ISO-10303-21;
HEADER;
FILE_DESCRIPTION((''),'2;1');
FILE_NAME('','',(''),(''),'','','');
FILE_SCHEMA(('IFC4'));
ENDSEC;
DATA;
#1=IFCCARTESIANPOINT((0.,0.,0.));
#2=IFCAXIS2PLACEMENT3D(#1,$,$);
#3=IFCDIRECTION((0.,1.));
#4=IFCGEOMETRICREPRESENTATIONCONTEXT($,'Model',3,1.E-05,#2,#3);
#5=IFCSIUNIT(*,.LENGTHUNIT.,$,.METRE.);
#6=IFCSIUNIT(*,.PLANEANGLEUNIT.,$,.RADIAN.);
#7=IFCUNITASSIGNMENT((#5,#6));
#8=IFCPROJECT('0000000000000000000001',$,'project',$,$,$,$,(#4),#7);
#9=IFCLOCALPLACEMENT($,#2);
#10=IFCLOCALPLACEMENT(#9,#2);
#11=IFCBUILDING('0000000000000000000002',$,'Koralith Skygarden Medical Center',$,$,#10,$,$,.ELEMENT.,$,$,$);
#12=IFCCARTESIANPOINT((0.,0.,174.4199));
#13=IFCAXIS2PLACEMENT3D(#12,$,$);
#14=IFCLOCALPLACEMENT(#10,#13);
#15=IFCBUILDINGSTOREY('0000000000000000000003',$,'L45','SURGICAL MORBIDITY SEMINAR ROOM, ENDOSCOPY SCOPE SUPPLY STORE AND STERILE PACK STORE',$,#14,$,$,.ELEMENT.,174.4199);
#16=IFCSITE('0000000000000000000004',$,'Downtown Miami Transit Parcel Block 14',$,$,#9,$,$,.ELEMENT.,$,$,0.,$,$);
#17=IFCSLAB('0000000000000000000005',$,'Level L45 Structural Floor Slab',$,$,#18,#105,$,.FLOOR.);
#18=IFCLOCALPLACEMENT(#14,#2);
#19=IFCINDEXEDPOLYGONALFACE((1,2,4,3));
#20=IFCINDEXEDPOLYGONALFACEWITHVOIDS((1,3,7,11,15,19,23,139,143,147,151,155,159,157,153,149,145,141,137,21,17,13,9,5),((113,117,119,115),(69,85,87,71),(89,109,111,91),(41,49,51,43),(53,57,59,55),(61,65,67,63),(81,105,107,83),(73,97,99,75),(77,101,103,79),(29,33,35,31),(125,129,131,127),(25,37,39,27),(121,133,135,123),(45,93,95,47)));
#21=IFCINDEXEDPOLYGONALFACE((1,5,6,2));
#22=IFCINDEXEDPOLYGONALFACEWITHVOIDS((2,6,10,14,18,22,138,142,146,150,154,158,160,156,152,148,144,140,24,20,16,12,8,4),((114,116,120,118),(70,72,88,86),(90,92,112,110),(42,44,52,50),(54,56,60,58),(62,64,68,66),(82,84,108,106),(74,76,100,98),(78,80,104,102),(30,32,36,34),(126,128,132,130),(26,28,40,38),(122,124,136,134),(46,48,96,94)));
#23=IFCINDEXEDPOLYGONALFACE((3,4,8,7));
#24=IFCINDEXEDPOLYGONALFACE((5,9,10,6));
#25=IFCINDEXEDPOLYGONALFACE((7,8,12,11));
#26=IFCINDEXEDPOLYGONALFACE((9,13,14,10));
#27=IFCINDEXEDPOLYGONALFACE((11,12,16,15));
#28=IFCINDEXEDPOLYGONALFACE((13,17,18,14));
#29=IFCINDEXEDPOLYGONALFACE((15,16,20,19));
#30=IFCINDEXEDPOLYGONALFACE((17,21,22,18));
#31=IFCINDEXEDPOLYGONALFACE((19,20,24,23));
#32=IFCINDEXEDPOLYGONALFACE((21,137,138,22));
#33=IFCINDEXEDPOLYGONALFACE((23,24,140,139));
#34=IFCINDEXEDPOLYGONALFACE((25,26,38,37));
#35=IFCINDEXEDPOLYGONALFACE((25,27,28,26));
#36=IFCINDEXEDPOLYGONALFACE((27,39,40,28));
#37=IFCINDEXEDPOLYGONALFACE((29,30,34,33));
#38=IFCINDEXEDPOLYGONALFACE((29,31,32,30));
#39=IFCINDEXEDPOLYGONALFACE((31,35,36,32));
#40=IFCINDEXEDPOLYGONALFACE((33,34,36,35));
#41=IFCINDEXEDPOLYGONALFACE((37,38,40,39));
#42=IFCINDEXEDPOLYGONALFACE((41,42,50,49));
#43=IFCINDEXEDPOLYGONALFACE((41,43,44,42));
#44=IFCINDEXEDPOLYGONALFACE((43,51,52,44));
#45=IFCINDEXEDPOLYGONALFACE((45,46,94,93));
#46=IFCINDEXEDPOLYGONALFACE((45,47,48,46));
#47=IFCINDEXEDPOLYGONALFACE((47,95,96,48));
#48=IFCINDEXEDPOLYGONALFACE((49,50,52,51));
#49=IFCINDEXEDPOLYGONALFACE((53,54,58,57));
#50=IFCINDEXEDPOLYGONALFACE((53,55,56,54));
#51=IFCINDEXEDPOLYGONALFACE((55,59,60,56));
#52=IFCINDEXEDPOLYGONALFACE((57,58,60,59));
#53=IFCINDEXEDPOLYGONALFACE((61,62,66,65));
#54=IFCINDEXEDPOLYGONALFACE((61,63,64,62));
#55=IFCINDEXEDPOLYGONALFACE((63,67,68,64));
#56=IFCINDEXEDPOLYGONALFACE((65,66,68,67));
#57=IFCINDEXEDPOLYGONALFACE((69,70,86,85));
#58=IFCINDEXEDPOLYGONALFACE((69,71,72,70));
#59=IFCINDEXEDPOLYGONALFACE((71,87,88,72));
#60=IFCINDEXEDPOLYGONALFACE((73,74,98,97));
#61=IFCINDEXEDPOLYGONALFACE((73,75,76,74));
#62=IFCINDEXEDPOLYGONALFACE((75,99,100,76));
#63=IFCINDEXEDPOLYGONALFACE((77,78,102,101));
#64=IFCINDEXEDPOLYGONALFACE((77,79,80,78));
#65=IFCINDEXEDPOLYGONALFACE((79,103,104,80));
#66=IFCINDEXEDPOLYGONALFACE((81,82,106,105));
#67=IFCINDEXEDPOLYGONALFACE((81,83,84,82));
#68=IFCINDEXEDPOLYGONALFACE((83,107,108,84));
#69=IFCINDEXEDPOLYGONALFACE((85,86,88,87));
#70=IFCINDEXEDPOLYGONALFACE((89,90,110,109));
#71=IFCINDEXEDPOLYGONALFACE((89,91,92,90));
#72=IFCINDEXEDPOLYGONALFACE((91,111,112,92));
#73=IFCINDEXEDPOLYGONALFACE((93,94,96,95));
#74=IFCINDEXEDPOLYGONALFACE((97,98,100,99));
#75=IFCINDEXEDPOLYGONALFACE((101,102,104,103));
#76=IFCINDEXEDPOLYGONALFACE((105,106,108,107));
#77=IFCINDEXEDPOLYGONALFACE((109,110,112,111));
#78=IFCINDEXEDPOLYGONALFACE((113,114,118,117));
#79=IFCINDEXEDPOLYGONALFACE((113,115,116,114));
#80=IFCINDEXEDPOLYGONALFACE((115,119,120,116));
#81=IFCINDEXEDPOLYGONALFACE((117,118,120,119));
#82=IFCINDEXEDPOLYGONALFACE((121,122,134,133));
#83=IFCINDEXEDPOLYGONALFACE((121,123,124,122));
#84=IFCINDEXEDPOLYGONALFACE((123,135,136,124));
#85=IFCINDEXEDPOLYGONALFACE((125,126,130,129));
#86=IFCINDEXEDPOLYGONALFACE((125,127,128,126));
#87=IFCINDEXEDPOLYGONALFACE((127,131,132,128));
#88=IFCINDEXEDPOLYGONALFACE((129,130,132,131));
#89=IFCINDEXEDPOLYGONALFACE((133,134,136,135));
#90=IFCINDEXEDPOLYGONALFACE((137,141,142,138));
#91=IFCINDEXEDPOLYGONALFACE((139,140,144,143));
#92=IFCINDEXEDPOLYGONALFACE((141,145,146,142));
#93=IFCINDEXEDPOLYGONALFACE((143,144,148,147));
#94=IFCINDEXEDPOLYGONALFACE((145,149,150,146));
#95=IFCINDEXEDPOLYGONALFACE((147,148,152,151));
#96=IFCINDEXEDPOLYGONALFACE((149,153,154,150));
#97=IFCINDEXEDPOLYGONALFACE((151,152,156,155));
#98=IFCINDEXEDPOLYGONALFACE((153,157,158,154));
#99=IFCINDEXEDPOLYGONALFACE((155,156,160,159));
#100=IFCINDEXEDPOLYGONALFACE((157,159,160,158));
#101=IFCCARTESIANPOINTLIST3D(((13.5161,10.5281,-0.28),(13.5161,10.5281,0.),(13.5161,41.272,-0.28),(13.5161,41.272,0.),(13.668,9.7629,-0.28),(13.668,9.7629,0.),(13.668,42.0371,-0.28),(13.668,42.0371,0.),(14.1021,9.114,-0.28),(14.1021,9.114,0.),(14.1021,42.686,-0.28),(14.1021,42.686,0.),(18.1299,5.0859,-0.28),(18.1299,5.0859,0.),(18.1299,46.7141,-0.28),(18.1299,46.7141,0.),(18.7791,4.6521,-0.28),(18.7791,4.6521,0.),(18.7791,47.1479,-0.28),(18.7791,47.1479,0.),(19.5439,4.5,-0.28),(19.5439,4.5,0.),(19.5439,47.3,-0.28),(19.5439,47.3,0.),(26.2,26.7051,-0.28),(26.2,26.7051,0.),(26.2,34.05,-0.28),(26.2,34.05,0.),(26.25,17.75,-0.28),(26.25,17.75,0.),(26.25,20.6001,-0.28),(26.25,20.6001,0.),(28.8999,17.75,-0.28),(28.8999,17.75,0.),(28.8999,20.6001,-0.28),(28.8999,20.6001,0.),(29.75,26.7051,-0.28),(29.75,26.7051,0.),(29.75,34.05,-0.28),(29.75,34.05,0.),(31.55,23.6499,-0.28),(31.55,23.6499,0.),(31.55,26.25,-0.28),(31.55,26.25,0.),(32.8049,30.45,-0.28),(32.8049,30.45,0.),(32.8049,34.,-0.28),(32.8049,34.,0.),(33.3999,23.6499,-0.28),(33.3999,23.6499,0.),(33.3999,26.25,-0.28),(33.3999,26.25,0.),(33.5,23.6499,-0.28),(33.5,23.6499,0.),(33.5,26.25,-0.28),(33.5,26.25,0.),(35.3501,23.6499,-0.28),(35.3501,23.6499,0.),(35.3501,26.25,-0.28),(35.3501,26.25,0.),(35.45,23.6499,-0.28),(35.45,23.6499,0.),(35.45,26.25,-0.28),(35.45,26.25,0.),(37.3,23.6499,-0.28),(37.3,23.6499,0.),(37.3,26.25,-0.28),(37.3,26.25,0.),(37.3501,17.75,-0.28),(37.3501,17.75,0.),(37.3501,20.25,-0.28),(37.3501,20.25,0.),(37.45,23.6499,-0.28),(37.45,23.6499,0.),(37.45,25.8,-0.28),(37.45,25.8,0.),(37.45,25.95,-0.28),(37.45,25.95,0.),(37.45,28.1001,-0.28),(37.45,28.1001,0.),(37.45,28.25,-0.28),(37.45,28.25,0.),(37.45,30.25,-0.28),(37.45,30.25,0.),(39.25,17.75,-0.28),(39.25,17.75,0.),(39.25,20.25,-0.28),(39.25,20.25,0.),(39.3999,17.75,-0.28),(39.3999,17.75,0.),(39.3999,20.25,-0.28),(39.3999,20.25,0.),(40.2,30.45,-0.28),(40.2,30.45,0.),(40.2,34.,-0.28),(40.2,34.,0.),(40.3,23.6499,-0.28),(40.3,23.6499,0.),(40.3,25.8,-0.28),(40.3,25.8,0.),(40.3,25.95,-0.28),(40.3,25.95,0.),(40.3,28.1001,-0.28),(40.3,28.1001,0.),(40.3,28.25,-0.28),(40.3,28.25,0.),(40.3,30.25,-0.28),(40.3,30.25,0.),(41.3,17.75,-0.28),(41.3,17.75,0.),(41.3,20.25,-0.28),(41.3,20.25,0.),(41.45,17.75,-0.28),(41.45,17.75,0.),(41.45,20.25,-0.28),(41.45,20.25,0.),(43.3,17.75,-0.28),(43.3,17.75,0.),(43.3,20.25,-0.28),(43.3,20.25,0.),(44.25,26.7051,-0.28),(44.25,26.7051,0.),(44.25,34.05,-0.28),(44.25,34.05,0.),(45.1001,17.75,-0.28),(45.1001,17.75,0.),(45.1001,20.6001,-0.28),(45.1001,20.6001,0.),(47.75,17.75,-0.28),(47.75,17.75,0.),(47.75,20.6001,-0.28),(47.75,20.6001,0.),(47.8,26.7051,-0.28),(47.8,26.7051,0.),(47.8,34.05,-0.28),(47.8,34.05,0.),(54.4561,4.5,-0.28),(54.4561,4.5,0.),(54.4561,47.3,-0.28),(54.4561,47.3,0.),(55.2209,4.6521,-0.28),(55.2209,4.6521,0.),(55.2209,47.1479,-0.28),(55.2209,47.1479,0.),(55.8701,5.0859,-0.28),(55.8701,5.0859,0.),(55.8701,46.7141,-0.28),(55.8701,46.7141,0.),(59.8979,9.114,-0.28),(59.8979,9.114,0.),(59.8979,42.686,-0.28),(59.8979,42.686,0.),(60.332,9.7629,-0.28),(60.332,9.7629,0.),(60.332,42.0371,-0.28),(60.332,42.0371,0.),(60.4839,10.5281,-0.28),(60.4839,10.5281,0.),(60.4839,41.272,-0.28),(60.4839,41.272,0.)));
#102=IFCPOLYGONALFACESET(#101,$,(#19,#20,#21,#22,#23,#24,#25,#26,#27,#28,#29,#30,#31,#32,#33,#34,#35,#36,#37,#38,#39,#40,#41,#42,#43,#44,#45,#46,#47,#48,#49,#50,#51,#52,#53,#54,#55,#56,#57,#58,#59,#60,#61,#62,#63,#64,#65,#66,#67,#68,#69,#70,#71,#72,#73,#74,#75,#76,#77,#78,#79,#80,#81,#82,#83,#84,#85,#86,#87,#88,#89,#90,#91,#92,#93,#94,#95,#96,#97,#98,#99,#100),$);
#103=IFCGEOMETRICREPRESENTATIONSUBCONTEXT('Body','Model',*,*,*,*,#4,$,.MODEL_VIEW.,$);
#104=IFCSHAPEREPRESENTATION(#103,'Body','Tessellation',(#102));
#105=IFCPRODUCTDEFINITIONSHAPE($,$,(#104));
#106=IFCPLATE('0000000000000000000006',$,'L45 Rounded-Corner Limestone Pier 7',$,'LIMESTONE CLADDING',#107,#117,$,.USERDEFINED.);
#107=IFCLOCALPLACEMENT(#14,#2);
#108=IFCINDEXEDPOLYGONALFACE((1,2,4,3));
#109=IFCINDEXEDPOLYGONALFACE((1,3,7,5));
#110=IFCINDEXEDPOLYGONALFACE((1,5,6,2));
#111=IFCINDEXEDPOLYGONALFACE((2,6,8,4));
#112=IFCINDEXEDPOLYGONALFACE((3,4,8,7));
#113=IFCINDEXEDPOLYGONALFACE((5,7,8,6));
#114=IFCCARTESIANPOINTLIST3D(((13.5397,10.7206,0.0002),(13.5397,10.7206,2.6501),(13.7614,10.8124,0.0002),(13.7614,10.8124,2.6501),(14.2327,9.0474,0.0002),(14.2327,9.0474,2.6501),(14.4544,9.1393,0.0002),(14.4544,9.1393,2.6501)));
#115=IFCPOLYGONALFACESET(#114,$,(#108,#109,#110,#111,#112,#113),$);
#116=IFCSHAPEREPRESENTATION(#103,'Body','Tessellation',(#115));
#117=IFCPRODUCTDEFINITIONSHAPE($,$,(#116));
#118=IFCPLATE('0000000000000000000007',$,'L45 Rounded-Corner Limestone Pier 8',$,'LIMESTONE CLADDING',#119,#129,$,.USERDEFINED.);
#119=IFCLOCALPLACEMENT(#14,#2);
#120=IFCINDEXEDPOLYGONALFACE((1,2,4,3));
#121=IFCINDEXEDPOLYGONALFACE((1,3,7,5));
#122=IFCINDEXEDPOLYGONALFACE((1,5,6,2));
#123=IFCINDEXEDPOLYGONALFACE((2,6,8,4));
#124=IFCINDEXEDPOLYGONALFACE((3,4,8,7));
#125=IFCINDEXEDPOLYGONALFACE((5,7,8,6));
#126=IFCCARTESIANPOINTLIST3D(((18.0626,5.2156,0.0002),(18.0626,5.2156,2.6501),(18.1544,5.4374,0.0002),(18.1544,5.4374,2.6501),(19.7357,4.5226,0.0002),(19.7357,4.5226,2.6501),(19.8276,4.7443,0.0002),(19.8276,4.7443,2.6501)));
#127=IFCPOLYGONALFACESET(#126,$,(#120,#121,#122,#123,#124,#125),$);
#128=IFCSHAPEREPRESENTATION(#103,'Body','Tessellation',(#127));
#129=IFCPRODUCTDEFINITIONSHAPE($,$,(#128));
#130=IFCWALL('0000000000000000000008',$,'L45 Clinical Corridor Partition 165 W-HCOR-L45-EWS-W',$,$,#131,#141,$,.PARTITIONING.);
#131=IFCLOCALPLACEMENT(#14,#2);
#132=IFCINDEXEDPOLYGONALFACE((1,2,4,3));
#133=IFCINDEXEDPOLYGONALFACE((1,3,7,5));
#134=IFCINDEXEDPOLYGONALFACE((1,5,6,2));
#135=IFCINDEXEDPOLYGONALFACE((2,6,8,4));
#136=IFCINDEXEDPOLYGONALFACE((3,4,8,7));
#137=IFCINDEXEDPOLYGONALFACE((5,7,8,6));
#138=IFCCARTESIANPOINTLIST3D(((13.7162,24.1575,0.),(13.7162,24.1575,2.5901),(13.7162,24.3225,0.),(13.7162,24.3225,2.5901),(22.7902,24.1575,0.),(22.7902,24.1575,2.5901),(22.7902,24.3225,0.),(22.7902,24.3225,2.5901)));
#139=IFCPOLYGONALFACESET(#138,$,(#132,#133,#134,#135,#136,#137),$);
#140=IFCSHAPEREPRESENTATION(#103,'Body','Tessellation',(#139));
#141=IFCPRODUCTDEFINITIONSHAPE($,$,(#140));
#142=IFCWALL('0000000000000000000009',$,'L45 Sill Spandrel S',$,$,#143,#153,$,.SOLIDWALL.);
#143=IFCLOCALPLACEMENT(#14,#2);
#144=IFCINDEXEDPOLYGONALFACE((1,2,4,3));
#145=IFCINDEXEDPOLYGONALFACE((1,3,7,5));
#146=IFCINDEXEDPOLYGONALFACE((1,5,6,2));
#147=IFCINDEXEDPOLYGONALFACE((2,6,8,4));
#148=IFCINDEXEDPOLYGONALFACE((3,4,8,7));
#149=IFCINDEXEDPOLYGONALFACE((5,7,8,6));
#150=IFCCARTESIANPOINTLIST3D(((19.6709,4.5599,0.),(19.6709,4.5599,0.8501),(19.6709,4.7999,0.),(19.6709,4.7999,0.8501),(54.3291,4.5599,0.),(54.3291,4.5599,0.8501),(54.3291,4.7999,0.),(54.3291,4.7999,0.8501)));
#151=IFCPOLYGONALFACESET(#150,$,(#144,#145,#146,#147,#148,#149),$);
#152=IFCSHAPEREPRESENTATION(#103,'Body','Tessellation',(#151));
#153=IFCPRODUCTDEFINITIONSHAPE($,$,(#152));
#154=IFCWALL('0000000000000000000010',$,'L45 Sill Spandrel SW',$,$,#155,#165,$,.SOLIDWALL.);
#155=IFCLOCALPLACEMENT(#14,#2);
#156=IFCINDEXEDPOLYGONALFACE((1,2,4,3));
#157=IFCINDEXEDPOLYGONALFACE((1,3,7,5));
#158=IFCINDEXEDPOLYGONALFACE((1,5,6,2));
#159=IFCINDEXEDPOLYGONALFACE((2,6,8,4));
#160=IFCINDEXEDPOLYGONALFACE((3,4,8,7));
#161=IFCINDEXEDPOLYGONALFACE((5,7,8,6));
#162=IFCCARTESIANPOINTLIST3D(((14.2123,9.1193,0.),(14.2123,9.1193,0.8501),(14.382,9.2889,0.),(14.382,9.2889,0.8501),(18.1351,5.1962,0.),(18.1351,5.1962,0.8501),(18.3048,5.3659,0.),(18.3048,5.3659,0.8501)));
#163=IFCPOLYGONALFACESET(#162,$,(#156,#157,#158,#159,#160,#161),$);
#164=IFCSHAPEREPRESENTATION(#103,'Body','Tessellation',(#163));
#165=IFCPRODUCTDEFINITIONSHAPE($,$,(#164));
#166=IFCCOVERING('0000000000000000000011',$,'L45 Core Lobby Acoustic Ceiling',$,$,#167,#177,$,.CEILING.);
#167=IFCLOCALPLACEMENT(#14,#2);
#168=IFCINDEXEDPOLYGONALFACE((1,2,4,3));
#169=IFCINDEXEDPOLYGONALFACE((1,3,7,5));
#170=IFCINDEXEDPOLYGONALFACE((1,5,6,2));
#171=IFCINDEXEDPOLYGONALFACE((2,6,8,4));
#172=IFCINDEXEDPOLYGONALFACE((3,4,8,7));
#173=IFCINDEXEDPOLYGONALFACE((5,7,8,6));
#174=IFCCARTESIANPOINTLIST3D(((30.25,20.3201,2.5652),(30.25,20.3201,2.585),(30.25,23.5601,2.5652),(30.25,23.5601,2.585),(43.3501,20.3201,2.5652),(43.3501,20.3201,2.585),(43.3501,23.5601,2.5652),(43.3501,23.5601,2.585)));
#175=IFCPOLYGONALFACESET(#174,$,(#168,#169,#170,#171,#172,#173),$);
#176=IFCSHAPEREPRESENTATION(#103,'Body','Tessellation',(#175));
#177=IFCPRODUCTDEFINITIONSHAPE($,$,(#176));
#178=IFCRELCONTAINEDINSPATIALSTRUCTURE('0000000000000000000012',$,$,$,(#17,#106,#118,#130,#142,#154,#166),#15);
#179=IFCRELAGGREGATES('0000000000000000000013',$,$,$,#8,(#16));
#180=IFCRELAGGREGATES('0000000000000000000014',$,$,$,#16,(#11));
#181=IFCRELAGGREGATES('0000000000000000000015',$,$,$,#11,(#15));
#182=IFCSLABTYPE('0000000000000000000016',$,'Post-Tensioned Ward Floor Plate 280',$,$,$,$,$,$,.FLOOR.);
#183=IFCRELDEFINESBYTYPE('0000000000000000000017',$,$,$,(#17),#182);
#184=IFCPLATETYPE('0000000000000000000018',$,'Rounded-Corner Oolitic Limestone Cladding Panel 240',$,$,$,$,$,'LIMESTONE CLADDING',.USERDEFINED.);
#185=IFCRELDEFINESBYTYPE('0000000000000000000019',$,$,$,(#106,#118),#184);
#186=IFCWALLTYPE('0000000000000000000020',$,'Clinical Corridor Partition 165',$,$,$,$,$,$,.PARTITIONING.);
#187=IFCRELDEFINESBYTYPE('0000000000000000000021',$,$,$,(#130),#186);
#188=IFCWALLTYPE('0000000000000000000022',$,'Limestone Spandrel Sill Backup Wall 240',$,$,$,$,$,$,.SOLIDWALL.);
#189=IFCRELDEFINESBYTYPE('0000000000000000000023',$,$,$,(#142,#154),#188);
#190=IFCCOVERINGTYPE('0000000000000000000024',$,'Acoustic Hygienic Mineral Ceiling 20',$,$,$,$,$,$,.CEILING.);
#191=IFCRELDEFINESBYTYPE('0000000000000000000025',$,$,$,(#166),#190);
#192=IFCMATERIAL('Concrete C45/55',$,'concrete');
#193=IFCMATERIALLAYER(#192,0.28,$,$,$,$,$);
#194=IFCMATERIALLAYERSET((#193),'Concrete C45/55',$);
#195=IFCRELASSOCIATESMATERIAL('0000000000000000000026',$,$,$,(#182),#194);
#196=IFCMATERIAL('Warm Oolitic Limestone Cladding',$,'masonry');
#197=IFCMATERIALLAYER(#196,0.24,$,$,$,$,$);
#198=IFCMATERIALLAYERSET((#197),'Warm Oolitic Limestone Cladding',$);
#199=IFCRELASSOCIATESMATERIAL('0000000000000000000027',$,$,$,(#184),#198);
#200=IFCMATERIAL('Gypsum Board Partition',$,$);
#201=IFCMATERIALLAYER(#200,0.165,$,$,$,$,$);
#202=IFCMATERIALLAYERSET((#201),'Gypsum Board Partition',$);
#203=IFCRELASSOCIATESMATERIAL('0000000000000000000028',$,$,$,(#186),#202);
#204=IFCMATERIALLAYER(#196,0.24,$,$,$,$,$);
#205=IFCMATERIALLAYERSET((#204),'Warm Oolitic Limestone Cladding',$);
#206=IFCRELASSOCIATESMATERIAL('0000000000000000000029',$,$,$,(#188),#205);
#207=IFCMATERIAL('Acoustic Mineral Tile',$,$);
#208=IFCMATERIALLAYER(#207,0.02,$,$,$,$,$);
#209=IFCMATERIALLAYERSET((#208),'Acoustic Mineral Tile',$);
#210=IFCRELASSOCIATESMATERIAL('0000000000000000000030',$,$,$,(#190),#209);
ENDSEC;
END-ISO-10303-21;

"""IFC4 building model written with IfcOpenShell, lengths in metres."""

from ifc_helpers import new_model, si_unit, direction, frame, frame_2d, origin, origin_2d, place, context, subcontext, project, spatial, polyline, rectangle, outline, extrude, material, layer, layer_set, type_object, element, save


model = new_model("IFC4")

# Units and contexts
model_context = context("Model", 3, precision=1e-05, world=origin(), true_north=direction((0.0, 1.0)))
body_context = subcontext(model_context, "Body", "Model", "MODEL_VIEW")
ifc_project = project(units=[si_unit("LENGTHUNIT", "METRE"), si_unit("PLANEANGLEUNIT", "RADIAN")], contexts=[model_context])

# Site, building, storey
site_placement = place(None, origin())
site = spatial("IfcSite", under=ifc_project, at=site_placement, Name="Downtown Miami Transit Parcel Block 14", CompositionType="ELEMENT", RefElevation=0.0)
building_placement = place(site_placement, origin())
building = spatial("IfcBuilding", under=site, at=building_placement, Name="Koralith Skygarden Medical Center", CompositionType="ELEMENT")
storey_placement = place(building_placement, frame((0.0, 0.0, 174.4199)))
storey = spatial("IfcBuildingStorey", under=building, at=storey_placement, Name="L45", Description="SURGICAL MORBIDITY SEMINAR ROOM, ENDOSCOPY SCOPE SUPPLY STORE AND STERILE PACK STORE", CompositionType="ELEMENT", Elevation=174.4199)

# Shared definitions
ifc_material_1 = material(Name="Concrete C45/55", Category="concrete")

# Slab
ifc_layer_1 = layer(ifc_material_1, 0.28)
ifc_layer_set_1 = layer_set([ifc_layer_1], Name="Concrete C45/55")
slab_type_1 = type_object("IfcSlabType", Name="Post-Tensioned Ward Floor Plate 280", PredefinedType="FLOOR", material=ifc_layer_set_1)
slab_1_placement = place(storey_placement, frame((0.0, 0.0, -0.28)))
element("IfcSlab", 1, at=slab_1_placement, inside=storey, type_object=slab_type_1, Name="Level L45 Structural Floor Slab", PredefinedType="FLOOR", context=body_context, shape_type="SweptSolid", body=[
    extrude(outline(polyline([(18.1299, 5.0859), (18.7791, 4.6521), (19.5439, 4.5), (54.4561, 4.5), (55.2209, 4.6521), (55.8701, 5.0859), (59.8979, 9.114), (60.332, 9.7629), (60.4839, 10.5281), (60.4839, 41.272), (60.332, 42.0371), (59.8979, 42.686), (55.8701, 46.7141), (55.2209, 47.1479), (54.4561, 47.3), (19.5439, 47.3), (18.7791, 47.1479), (18.1299, 46.7141), (14.1021, 42.686), (13.668, 42.0371), (13.5161, 41.272), (13.5161, 10.5281), (13.668, 9.7629), (14.1021, 9.114), (18.1299, 5.0859)]), holes=[polyline([(26.2, 26.7051), (29.75, 26.7051), (29.75, 34.05), (26.2, 34.05), (26.2, 26.7051)]), polyline([(44.25, 26.7051), (47.8, 26.7051), (47.8, 34.05), (44.25, 34.05), (44.25, 26.7051)]), polyline([(32.8049, 30.45), (40.2, 30.45), (40.2, 34.0), (32.8049, 34.0), (32.8049, 30.45)]), polyline([(26.25, 17.75), (28.8999, 17.75), (28.8999, 20.6001), (26.25, 20.6001), (26.25, 17.75)]), polyline([(45.1001, 17.75), (47.75, 17.75), (47.75, 20.6001), (45.1001, 20.6001), (45.1001, 17.75)]), polyline([(37.3501, 17.75), (39.25, 17.75), (39.25, 20.25), (37.3501, 20.25), (37.3501, 17.75)]), polyline([(39.3999, 17.75), (41.3, 17.75), (41.3, 20.25), (39.3999, 20.25), (39.3999, 17.75)]), polyline([(41.45, 17.75), (43.3, 17.75), (43.3, 20.25), (41.45, 20.25), (41.45, 17.75)]), polyline([(31.55, 23.6499), (33.3999, 23.6499), (33.3999, 26.25), (31.55, 26.25), (31.55, 23.6499)]), polyline([(33.5, 23.6499), (35.3501, 23.6499), (35.3501, 26.25), (33.5, 26.25), (33.5, 23.6499)]), polyline([(35.45, 23.6499), (37.3, 23.6499), (37.3, 26.25), (35.45, 26.25), (35.45, 23.6499)]), polyline([(37.45, 23.6499), (40.3, 23.6499), (40.3, 25.8), (37.45, 25.8), (37.45, 23.6499)]), polyline([(37.45, 25.95), (40.3, 25.95), (40.3, 28.1001), (37.45, 28.1001), (37.45, 25.95)]), polyline([(37.45, 28.25), (40.3, 28.25), (40.3, 30.25), (37.45, 30.25), (37.45, 28.25)])]), origin(), (0.0, 0.0, 1.0), 0.28),
])

# Plates
ifc_material_2 = material(Name="Warm Oolitic Limestone Cladding", Category="masonry")
ifc_layer_2 = layer(ifc_material_2, 0.24)
ifc_layer_set_2 = layer_set([ifc_layer_2], Name="Warm Oolitic Limestone Cladding")
plate_type_1 = type_object("IfcPlateType", Name="Rounded-Corner Oolitic Limestone Cladding Panel 240", ElementType="LIMESTONE CLADDING", PredefinedType="USERDEFINED", material=ifc_layer_set_2)
for number, where, z_axis, x_axis, name in (
    (2, (13.9971, 9.9299, 0.0002), (0.0, 0.0, 1.0), (0.382671, -0.923885, 0.0), "L45 Rounded-Corner Limestone Pier 7"),
    (3, (18.9451, 4.98, 0.0002), (0.0, 0.0, 1.0), (0.923885, -0.382671, 0.0), "L45 Rounded-Corner Limestone Pier 8"),
):
    element("IfcPlate", number, at=place(storey_placement, frame(where, z_axis=z_axis, x_axis=x_axis)), inside=storey, type_object=plate_type_1, Name=name, ObjectType="LIMESTONE CLADDING", PredefinedType="USERDEFINED", context=body_context, shape_type="SweptSolid", body=[
        extrude(rectangle(XDim=1.811, YDim=0.24, at=origin_2d()), origin(), (0.0, 0.0, 1.0), 2.6499),
    ])

# Walls
ifc_material_3 = material(Name="Gypsum Board Partition")
ifc_layer_3 = layer(ifc_material_3, 0.165)
ifc_layer_set_3 = layer_set([ifc_layer_3], Name="Gypsum Board Partition")
wall_type_1 = type_object("IfcWallType", Name="Clinical Corridor Partition 165", PredefinedType="PARTITIONING", material=ifc_layer_set_3)
wall_1_placement = place(storey_placement, frame((13.7161, 24.24, 0.0), z_axis=(0.0, 0.0, 1.0), x_axis=(1.0, 0.0, 0.0)))
element("IfcWall", 4, at=wall_1_placement, inside=storey, type_object=wall_type_1, Name="L45 Clinical Corridor Partition 165 W-HCOR-L45-EWS-W", PredefinedType="PARTITIONING", context=body_context, shape_type="SweptSolid", body=[
    extrude(rectangle(XDim=9.074, YDim=0.165, at=frame_2d((4.5371, 0.0))), origin(), (0.0, 0.0, 1.0), 2.5901),
])
ifc_layer_4 = layer(ifc_material_2, 0.24)
ifc_layer_set_4 = layer_set([ifc_layer_4], Name="Warm Oolitic Limestone Cladding")
wall_type_2 = type_object("IfcWallType", Name="Limestone Spandrel Sill Backup Wall 240", PredefinedType="SOLIDWALL", material=ifc_layer_set_4)
wall_2_placement = place(storey_placement, frame((19.6709, 4.6799, 0.0), z_axis=(0.0, 0.0, 1.0), x_axis=(1.0, 0.0, 0.0)))
element("IfcWall", 5, at=wall_2_placement, inside=storey, type_object=wall_type_2, Name="L45 Sill Spandrel S", PredefinedType="SOLIDWALL", context=body_context, shape_type="SweptSolid", body=[
    extrude(rectangle(XDim=34.6582, YDim=0.24, at=frame_2d((17.3291, 0.0))), origin(), (0.0, 0.0, 1.0), 0.8501),
])
wall_3_placement = place(storey_placement, frame((14.2971, 9.2041, 0.0), z_axis=(0.0, 0.0, 1.0), x_axis=(0.707085, -0.707129, 0.0)))
element("IfcWall", 6, at=wall_3_placement, inside=storey, type_object=wall_type_2, Name="L45 Sill Spandrel SW", PredefinedType="SOLIDWALL", context=body_context, shape_type="SweptSolid", body=[
    extrude(rectangle(XDim=5.5479, YDim=0.24, at=frame_2d((2.7739, 0.0))), origin(), (0.0, 0.0, 1.0), 0.8501),
])

# Covering
ifc_material_4 = material(Name="Acoustic Mineral Tile")
ifc_layer_5 = layer(ifc_material_4, 0.02)
ifc_layer_set_5 = layer_set([ifc_layer_5], Name="Acoustic Mineral Tile")
covering_type_1 = type_object("IfcCoveringType", Name="Acoustic Hygienic Mineral Ceiling 20", PredefinedType="CEILING", material=ifc_layer_set_5)
covering_1_placement = place(storey_placement, frame((0.0, 0.0, 2.5652)))
element("IfcCovering", 7, at=covering_1_placement, inside=storey, type_object=covering_type_1, Name="L45 Core Lobby Acoustic Ceiling", PredefinedType="CEILING", context=body_context, shape_type="SweptSolid", body=[
    extrude(outline(polyline([(30.25, 20.3201), (43.3501, 20.3201), (43.3501, 23.5601), (30.25, 23.5601), (30.25, 20.3201)])), origin(), (0.0, 0.0, 1.0), 0.0198),
])

save(model, "model.ifc")
